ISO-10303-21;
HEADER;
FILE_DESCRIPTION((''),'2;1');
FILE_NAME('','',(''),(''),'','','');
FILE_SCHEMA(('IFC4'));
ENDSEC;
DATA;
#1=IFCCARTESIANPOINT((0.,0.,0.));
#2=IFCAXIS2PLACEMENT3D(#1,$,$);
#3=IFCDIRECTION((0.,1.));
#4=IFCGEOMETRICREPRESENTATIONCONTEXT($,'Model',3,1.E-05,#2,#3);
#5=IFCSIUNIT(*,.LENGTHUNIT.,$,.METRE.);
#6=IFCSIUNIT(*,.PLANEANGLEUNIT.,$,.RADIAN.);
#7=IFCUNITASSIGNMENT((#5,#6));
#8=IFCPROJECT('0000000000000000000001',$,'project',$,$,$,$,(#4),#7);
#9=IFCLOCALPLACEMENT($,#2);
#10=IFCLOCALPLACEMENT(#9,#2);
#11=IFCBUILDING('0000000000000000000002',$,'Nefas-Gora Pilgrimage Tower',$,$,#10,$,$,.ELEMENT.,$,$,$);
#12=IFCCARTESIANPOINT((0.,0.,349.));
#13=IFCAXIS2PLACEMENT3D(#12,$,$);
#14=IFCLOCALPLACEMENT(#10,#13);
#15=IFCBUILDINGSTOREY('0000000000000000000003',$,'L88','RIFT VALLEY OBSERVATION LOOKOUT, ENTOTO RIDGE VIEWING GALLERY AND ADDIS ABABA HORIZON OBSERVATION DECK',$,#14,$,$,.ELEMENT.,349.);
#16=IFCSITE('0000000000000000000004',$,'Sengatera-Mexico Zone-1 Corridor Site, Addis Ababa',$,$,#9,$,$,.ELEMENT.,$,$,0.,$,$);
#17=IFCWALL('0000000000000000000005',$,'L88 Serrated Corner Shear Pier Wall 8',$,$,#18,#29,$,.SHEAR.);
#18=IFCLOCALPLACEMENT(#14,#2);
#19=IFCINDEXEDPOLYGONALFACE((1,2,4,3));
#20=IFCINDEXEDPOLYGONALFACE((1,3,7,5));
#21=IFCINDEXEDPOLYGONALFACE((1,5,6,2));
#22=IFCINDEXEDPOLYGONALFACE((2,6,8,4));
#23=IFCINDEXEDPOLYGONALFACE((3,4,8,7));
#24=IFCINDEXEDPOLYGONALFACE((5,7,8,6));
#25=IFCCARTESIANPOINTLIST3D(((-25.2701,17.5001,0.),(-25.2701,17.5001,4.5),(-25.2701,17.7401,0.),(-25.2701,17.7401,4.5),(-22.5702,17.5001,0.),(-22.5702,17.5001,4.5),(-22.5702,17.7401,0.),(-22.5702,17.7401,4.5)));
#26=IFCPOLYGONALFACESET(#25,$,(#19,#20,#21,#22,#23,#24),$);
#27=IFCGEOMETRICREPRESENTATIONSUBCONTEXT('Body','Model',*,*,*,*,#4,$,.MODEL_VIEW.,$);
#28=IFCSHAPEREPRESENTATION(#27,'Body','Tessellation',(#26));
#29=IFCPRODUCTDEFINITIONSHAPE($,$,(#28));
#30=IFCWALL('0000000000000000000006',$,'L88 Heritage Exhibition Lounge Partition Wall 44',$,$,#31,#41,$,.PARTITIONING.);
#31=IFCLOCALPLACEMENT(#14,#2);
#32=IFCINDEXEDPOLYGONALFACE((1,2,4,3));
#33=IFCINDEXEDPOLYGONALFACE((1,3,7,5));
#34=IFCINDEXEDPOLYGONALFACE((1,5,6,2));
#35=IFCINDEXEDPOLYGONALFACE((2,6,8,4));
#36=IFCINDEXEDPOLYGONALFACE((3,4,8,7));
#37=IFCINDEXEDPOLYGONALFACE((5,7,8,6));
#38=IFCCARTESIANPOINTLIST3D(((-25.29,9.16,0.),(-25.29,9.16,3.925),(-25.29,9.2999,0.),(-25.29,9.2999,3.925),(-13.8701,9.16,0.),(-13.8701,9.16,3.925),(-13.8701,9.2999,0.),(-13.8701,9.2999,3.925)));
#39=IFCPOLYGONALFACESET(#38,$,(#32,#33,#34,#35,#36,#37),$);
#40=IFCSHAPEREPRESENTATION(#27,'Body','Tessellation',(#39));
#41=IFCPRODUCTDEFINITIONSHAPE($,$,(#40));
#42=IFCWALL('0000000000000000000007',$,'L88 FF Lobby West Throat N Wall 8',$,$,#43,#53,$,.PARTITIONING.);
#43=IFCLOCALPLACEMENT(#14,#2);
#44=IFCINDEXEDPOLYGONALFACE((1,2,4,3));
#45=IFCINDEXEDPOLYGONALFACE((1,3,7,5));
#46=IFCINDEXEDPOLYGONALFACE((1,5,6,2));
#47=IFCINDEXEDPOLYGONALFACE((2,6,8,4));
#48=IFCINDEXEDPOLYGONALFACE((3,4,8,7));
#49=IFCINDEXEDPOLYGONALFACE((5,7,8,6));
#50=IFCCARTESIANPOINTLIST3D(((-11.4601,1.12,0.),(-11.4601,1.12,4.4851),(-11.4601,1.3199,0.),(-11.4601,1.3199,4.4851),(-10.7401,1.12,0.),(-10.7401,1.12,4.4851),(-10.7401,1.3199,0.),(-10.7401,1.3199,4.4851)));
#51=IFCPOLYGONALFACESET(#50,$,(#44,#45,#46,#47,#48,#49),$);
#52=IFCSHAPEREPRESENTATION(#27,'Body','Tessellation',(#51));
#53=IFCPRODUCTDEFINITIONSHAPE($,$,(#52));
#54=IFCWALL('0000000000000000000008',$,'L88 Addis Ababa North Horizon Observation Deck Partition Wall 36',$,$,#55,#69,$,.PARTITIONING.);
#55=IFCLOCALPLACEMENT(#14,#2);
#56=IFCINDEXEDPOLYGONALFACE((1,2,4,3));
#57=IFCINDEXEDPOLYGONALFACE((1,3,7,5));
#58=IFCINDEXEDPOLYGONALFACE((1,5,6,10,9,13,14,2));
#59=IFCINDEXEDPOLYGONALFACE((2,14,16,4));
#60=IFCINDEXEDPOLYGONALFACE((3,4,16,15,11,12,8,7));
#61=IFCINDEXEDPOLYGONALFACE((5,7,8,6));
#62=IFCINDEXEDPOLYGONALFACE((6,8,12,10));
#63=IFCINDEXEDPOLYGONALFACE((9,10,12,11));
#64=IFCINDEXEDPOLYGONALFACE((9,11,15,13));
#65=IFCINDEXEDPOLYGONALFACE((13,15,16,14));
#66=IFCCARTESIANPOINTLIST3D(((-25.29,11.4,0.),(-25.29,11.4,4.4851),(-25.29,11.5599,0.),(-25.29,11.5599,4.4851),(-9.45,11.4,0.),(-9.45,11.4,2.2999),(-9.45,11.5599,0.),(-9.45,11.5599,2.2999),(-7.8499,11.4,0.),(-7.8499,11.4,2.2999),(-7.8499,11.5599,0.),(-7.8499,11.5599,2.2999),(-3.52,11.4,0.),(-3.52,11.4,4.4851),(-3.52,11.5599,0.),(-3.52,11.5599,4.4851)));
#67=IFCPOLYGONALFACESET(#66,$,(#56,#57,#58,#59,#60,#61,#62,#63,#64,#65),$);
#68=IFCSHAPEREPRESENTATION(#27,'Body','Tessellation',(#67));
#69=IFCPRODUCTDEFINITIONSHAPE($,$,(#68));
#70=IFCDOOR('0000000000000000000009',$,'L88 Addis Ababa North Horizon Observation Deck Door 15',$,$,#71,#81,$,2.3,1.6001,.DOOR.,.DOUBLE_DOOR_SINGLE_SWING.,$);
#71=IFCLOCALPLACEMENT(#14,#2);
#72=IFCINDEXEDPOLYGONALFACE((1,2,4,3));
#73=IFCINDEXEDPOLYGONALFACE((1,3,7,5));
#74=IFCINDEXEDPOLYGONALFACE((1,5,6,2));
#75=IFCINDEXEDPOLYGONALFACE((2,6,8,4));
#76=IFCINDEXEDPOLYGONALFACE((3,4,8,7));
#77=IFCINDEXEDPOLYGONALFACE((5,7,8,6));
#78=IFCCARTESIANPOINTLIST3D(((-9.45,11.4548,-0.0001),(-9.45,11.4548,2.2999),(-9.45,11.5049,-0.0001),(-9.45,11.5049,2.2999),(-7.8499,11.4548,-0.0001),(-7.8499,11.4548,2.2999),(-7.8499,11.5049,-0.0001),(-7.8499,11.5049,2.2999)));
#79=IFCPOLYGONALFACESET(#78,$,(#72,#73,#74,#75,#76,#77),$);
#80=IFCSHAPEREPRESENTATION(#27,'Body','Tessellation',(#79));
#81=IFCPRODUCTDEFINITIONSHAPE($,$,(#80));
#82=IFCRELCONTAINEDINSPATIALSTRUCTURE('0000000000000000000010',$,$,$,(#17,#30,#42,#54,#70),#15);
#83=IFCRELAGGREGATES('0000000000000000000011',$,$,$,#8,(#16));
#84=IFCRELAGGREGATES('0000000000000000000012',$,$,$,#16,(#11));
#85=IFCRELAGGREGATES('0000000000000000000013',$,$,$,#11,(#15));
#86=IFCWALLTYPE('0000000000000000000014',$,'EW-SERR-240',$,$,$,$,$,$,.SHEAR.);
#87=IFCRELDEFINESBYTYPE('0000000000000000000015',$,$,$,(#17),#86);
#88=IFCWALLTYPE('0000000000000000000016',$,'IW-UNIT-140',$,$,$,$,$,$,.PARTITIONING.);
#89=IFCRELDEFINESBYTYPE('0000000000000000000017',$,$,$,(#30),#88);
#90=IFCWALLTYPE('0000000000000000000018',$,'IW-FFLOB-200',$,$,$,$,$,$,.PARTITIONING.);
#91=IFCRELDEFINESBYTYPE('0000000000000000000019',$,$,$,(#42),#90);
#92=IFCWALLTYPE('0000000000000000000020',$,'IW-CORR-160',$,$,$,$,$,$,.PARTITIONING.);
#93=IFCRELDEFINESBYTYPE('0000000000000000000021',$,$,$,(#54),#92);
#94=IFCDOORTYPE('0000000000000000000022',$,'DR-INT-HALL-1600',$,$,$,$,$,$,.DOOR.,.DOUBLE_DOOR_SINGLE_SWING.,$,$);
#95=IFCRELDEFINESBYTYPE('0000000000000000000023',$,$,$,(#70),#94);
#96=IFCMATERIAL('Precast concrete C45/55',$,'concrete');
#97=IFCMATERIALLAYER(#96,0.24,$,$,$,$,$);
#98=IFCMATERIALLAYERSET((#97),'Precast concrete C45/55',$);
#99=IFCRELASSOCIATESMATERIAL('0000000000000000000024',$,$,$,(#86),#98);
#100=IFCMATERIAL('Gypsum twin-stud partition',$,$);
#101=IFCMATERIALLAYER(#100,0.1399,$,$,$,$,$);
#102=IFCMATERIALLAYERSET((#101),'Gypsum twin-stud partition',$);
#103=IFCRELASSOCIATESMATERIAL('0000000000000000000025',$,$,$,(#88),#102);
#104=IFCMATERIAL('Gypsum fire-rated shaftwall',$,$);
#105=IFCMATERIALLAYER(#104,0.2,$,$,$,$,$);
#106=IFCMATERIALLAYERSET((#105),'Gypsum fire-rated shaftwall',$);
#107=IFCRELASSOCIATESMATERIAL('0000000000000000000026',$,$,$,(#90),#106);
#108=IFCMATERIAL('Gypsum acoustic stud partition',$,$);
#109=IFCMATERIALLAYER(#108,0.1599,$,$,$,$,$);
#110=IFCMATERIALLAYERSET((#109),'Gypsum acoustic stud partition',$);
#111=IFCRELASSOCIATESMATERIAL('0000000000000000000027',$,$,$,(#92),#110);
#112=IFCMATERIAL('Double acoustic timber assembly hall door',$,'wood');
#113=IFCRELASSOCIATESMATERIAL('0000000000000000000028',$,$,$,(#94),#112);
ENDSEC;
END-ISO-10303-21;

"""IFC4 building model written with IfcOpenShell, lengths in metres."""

from ifc_helpers import new_model, si_unit, direction, frame, frame_2d, origin, place, context, subcontext, project, spatial, rectangle, extrude, source, transform, mapped, material, layer, layer_set, type_object, element, fill, save


model = new_model("IFC4")

# Units and contexts
model_context = context("Model", 3, precision=1e-05, world=origin(), true_north=direction((0.0, 1.0)))
body_context = subcontext(model_context, "Body", "Model", "MODEL_VIEW")
ifc_project = project(units=[si_unit("LENGTHUNIT", "METRE"), si_unit("PLANEANGLEUNIT", "RADIAN")], contexts=[model_context])

# Site, building, storey
site_placement = place(None, origin())
site = spatial("IfcSite", under=ifc_project, at=site_placement, Name="Sengatera-Mexico Zone-1 Corridor Site, Addis Ababa", CompositionType="ELEMENT", RefElevation=0.0)
building_placement = place(site_placement, origin())
building = spatial("IfcBuilding", under=site, at=building_placement, Name="Nefas-Gora Pilgrimage Tower", CompositionType="ELEMENT")
storey_placement = place(building_placement, frame((0.0, 0.0, 349.0)))
storey = spatial("IfcBuildingStorey", under=building, at=storey_placement, Name="L88", Description="RIFT VALLEY OBSERVATION LOOKOUT, ENTOTO RIDGE VIEWING GALLERY AND ADDIS ABABA HORIZON OBSERVATION DECK", CompositionType="ELEMENT", Elevation=349.0)

# Shared definitions
ifc_material_1 = material(Name="Precast concrete C45/55", Category="concrete")
ifc_layer_1 = layer(ifc_material_1, 0.24)
ifc_layer_set_1 = layer_set([ifc_layer_1], Name="Precast concrete C45/55")
wall_type_1 = type_object("IfcWallType", Name="EW-SERR-240", PredefinedType="SHEAR", material=ifc_layer_set_1)
shared_shape_1 = source(origin(), body_context, "Body", "SweptSolid", [
    extrude(rectangle(XDim=2.7, YDim=0.24, at=frame_2d((1.3501, 0.0))), origin(), (0.0, 0.0, 1.0), 4.5),
])

# Walls
for number, where, z_axis, x_axis, name in (
    (1, (-22.5701, 17.6201, 0.0), (0.0, 0.0, 1.0), (-1.0, 0.0, 0.0), "L88 Serrated Corner Shear Pier Wall 8"),
):
    element("IfcWall", number, at=place(storey_placement, frame(where, z_axis=z_axis, x_axis=x_axis)), inside=storey, type_object=wall_type_1, Name=name, PredefinedType="SHEAR", context=body_context, shape_type="MappedRepresentation", body=[
        mapped(shared_shape_1, transform((0.0, 0.0, 0.0), x_axis=(1.0, 0.0, 0.0), y_axis=(0.0, 1.0, 0.0), z_axis=(0.0, 0.0, 1.0), scale=1.0)),
    ])
ifc_material_2 = material(Name="Gypsum twin-stud partition")
ifc_layer_2 = layer(ifc_material_2, 0.1399)
ifc_layer_set_2 = layer_set([ifc_layer_2], Name="Gypsum twin-stud partition")
wall_type_2 = type_object("IfcWallType", Name="IW-UNIT-140", PredefinedType="PARTITIONING", material=ifc_layer_set_2)
shared_shape_2 = source(origin(), body_context, "Body", "SweptSolid", [
    extrude(rectangle(XDim=11.4199, YDim=0.1399, at=frame_2d((5.71, 0.0))), origin(), (0.0, 0.0, 1.0), 3.925),
])
wall_1_placement = place(storey_placement, frame((-25.29, 9.23, 0.0), z_axis=(0.0, 0.0, 1.0), x_axis=(1.0, 0.0, 0.0)))
element("IfcWall", 2, at=wall_1_placement, inside=storey, type_object=wall_type_2, Name="L88 Heritage Exhibition Lounge Partition Wall 44", PredefinedType="PARTITIONING", context=body_context, shape_type="MappedRepresentation", body=[
    mapped(shared_shape_2, transform((0.0, 0.0, 0.0), x_axis=(1.0, 0.0, 0.0), y_axis=(0.0, 1.0, 0.0), z_axis=(0.0, 0.0, 1.0), scale=1.0)),
])
ifc_material_3 = material(Name="Gypsum fire-rated shaftwall")
ifc_layer_3 = layer(ifc_material_3, 0.2)
ifc_layer_set_3 = layer_set([ifc_layer_3], Name="Gypsum fire-rated shaftwall")
wall_type_3 = type_object("IfcWallType", Name="IW-FFLOB-200", PredefinedType="PARTITIONING", material=ifc_layer_set_3)
shared_shape_3 = source(origin(), body_context, "Body", "SweptSolid", [
    extrude(rectangle(XDim=0.72, YDim=0.2, at=frame_2d((0.3599, 0.0))), origin(), (0.0, 0.0, 1.0), 4.4851),
])
wall_2_placement = place(storey_placement, frame((-11.46, 1.22, 0.0), z_axis=(0.0, 0.0, 1.0), x_axis=(1.0, 0.0, 0.0)))
element("IfcWall", 3, at=wall_2_placement, inside=storey, type_object=wall_type_3, Name="L88 FF Lobby West Throat N Wall 8", PredefinedType="PARTITIONING", context=body_context, shape_type="MappedRepresentation", body=[
    mapped(shared_shape_3, transform((0.0, 0.0, 0.0), x_axis=(1.0, 0.0, 0.0), y_axis=(0.0, 1.0, 0.0), z_axis=(0.0, 0.0, 1.0), scale=1.0)),
])

# Wall, opening, door
ifc_material_4 = material(Name="Gypsum acoustic stud partition")
ifc_layer_4 = layer(ifc_material_4, 0.1599)
ifc_layer_set_4 = layer_set([ifc_layer_4], Name="Gypsum acoustic stud partition")
wall_type_4 = type_object("IfcWallType", Name="IW-CORR-160", PredefinedType="PARTITIONING", material=ifc_layer_set_4)
shared_shape_4 = source(origin(), body_context, "Body", "SweptSolid", [
    extrude(rectangle(XDim=21.77, YDim=0.1599, at=frame_2d((10.885, 0.0))), origin(), (0.0, 0.0, 1.0), 4.4851),
])
wall_3_placement = place(storey_placement, frame((-25.29, 11.48, 0.0), z_axis=(0.0, 0.0, 1.0), x_axis=(1.0, 0.0, 0.0)))
wall_3 = element("IfcWall", 4, at=wall_3_placement, inside=storey, type_object=wall_type_4, Name="L88 Addis Ababa North Horizon Observation Deck Partition Wall 36", PredefinedType="PARTITIONING", context=body_context, shape_type="MappedRepresentation", body=[
    mapped(shared_shape_4, transform((0.0, 0.0, 0.0), x_axis=(1.0, 0.0, 0.0), y_axis=(0.0, 1.0, 0.0), z_axis=(0.0, 0.0, 1.0), scale=1.0)),
])
opening_1_placement = place(wall_3_placement, frame((15.8401, 0.0, 0.0)))
opening_1 = element("IfcOpeningElement", 5, at=opening_1_placement, cuts=wall_3, PredefinedType="OPENING", context=body_context, shape_type="SweptSolid", body=[
    extrude(rectangle(XDim=1.6001, YDim=2.3, at=frame_2d((0.8, 1.1499))), frame((0.0, 0.0898, 0.0), z_axis=(0.0, -1.0, 0.0), x_axis=(1.0, 0.0, 0.0)), (0.0, 0.0, 1.0), 0.1799),
])
ifc_material_5 = material(Name="Double acoustic timber assembly hall door", Category="wood")
door_type = type_object("IfcDoorType", Name="DR-INT-HALL-1600", OperationType="DOUBLE_DOOR_SINGLE_SWING", PredefinedType="DOOR", material=ifc_material_5)
shared_shape_5 = source(origin(), body_context, "Body", "SweptSolid", [
    extrude(rectangle(XDim=1.6001, YDim=2.3, at=frame_2d((0.8, 1.1499))), frame((0.0, 0.0249, 0.0), z_axis=(0.0, -1.0, 0.0), x_axis=(1.0, 0.0, 0.0)), (0.0, 0.0, 1.0), 0.05),
])
door_placement = place(opening_1_placement, origin())
door = element("IfcDoor", 6, at=door_placement, inside=storey, type_object=door_type, Name="L88 Addis Ababa North Horizon Observation Deck Door 15", OperationType="DOUBLE_DOOR_SINGLE_SWING", OverallHeight=2.3, OverallWidth=1.6001, PredefinedType="DOOR", context=body_context, shape_type="MappedRepresentation", body=[
    mapped(shared_shape_5, transform((0.0, 0.0, 0.0), x_axis=(1.0, 0.0, 0.0), y_axis=(0.0, 1.0, 0.0), z_axis=(0.0, 0.0, 1.0), scale=1.0)),
])
fill(opening_1, door)

save(model, "model.ifc")
